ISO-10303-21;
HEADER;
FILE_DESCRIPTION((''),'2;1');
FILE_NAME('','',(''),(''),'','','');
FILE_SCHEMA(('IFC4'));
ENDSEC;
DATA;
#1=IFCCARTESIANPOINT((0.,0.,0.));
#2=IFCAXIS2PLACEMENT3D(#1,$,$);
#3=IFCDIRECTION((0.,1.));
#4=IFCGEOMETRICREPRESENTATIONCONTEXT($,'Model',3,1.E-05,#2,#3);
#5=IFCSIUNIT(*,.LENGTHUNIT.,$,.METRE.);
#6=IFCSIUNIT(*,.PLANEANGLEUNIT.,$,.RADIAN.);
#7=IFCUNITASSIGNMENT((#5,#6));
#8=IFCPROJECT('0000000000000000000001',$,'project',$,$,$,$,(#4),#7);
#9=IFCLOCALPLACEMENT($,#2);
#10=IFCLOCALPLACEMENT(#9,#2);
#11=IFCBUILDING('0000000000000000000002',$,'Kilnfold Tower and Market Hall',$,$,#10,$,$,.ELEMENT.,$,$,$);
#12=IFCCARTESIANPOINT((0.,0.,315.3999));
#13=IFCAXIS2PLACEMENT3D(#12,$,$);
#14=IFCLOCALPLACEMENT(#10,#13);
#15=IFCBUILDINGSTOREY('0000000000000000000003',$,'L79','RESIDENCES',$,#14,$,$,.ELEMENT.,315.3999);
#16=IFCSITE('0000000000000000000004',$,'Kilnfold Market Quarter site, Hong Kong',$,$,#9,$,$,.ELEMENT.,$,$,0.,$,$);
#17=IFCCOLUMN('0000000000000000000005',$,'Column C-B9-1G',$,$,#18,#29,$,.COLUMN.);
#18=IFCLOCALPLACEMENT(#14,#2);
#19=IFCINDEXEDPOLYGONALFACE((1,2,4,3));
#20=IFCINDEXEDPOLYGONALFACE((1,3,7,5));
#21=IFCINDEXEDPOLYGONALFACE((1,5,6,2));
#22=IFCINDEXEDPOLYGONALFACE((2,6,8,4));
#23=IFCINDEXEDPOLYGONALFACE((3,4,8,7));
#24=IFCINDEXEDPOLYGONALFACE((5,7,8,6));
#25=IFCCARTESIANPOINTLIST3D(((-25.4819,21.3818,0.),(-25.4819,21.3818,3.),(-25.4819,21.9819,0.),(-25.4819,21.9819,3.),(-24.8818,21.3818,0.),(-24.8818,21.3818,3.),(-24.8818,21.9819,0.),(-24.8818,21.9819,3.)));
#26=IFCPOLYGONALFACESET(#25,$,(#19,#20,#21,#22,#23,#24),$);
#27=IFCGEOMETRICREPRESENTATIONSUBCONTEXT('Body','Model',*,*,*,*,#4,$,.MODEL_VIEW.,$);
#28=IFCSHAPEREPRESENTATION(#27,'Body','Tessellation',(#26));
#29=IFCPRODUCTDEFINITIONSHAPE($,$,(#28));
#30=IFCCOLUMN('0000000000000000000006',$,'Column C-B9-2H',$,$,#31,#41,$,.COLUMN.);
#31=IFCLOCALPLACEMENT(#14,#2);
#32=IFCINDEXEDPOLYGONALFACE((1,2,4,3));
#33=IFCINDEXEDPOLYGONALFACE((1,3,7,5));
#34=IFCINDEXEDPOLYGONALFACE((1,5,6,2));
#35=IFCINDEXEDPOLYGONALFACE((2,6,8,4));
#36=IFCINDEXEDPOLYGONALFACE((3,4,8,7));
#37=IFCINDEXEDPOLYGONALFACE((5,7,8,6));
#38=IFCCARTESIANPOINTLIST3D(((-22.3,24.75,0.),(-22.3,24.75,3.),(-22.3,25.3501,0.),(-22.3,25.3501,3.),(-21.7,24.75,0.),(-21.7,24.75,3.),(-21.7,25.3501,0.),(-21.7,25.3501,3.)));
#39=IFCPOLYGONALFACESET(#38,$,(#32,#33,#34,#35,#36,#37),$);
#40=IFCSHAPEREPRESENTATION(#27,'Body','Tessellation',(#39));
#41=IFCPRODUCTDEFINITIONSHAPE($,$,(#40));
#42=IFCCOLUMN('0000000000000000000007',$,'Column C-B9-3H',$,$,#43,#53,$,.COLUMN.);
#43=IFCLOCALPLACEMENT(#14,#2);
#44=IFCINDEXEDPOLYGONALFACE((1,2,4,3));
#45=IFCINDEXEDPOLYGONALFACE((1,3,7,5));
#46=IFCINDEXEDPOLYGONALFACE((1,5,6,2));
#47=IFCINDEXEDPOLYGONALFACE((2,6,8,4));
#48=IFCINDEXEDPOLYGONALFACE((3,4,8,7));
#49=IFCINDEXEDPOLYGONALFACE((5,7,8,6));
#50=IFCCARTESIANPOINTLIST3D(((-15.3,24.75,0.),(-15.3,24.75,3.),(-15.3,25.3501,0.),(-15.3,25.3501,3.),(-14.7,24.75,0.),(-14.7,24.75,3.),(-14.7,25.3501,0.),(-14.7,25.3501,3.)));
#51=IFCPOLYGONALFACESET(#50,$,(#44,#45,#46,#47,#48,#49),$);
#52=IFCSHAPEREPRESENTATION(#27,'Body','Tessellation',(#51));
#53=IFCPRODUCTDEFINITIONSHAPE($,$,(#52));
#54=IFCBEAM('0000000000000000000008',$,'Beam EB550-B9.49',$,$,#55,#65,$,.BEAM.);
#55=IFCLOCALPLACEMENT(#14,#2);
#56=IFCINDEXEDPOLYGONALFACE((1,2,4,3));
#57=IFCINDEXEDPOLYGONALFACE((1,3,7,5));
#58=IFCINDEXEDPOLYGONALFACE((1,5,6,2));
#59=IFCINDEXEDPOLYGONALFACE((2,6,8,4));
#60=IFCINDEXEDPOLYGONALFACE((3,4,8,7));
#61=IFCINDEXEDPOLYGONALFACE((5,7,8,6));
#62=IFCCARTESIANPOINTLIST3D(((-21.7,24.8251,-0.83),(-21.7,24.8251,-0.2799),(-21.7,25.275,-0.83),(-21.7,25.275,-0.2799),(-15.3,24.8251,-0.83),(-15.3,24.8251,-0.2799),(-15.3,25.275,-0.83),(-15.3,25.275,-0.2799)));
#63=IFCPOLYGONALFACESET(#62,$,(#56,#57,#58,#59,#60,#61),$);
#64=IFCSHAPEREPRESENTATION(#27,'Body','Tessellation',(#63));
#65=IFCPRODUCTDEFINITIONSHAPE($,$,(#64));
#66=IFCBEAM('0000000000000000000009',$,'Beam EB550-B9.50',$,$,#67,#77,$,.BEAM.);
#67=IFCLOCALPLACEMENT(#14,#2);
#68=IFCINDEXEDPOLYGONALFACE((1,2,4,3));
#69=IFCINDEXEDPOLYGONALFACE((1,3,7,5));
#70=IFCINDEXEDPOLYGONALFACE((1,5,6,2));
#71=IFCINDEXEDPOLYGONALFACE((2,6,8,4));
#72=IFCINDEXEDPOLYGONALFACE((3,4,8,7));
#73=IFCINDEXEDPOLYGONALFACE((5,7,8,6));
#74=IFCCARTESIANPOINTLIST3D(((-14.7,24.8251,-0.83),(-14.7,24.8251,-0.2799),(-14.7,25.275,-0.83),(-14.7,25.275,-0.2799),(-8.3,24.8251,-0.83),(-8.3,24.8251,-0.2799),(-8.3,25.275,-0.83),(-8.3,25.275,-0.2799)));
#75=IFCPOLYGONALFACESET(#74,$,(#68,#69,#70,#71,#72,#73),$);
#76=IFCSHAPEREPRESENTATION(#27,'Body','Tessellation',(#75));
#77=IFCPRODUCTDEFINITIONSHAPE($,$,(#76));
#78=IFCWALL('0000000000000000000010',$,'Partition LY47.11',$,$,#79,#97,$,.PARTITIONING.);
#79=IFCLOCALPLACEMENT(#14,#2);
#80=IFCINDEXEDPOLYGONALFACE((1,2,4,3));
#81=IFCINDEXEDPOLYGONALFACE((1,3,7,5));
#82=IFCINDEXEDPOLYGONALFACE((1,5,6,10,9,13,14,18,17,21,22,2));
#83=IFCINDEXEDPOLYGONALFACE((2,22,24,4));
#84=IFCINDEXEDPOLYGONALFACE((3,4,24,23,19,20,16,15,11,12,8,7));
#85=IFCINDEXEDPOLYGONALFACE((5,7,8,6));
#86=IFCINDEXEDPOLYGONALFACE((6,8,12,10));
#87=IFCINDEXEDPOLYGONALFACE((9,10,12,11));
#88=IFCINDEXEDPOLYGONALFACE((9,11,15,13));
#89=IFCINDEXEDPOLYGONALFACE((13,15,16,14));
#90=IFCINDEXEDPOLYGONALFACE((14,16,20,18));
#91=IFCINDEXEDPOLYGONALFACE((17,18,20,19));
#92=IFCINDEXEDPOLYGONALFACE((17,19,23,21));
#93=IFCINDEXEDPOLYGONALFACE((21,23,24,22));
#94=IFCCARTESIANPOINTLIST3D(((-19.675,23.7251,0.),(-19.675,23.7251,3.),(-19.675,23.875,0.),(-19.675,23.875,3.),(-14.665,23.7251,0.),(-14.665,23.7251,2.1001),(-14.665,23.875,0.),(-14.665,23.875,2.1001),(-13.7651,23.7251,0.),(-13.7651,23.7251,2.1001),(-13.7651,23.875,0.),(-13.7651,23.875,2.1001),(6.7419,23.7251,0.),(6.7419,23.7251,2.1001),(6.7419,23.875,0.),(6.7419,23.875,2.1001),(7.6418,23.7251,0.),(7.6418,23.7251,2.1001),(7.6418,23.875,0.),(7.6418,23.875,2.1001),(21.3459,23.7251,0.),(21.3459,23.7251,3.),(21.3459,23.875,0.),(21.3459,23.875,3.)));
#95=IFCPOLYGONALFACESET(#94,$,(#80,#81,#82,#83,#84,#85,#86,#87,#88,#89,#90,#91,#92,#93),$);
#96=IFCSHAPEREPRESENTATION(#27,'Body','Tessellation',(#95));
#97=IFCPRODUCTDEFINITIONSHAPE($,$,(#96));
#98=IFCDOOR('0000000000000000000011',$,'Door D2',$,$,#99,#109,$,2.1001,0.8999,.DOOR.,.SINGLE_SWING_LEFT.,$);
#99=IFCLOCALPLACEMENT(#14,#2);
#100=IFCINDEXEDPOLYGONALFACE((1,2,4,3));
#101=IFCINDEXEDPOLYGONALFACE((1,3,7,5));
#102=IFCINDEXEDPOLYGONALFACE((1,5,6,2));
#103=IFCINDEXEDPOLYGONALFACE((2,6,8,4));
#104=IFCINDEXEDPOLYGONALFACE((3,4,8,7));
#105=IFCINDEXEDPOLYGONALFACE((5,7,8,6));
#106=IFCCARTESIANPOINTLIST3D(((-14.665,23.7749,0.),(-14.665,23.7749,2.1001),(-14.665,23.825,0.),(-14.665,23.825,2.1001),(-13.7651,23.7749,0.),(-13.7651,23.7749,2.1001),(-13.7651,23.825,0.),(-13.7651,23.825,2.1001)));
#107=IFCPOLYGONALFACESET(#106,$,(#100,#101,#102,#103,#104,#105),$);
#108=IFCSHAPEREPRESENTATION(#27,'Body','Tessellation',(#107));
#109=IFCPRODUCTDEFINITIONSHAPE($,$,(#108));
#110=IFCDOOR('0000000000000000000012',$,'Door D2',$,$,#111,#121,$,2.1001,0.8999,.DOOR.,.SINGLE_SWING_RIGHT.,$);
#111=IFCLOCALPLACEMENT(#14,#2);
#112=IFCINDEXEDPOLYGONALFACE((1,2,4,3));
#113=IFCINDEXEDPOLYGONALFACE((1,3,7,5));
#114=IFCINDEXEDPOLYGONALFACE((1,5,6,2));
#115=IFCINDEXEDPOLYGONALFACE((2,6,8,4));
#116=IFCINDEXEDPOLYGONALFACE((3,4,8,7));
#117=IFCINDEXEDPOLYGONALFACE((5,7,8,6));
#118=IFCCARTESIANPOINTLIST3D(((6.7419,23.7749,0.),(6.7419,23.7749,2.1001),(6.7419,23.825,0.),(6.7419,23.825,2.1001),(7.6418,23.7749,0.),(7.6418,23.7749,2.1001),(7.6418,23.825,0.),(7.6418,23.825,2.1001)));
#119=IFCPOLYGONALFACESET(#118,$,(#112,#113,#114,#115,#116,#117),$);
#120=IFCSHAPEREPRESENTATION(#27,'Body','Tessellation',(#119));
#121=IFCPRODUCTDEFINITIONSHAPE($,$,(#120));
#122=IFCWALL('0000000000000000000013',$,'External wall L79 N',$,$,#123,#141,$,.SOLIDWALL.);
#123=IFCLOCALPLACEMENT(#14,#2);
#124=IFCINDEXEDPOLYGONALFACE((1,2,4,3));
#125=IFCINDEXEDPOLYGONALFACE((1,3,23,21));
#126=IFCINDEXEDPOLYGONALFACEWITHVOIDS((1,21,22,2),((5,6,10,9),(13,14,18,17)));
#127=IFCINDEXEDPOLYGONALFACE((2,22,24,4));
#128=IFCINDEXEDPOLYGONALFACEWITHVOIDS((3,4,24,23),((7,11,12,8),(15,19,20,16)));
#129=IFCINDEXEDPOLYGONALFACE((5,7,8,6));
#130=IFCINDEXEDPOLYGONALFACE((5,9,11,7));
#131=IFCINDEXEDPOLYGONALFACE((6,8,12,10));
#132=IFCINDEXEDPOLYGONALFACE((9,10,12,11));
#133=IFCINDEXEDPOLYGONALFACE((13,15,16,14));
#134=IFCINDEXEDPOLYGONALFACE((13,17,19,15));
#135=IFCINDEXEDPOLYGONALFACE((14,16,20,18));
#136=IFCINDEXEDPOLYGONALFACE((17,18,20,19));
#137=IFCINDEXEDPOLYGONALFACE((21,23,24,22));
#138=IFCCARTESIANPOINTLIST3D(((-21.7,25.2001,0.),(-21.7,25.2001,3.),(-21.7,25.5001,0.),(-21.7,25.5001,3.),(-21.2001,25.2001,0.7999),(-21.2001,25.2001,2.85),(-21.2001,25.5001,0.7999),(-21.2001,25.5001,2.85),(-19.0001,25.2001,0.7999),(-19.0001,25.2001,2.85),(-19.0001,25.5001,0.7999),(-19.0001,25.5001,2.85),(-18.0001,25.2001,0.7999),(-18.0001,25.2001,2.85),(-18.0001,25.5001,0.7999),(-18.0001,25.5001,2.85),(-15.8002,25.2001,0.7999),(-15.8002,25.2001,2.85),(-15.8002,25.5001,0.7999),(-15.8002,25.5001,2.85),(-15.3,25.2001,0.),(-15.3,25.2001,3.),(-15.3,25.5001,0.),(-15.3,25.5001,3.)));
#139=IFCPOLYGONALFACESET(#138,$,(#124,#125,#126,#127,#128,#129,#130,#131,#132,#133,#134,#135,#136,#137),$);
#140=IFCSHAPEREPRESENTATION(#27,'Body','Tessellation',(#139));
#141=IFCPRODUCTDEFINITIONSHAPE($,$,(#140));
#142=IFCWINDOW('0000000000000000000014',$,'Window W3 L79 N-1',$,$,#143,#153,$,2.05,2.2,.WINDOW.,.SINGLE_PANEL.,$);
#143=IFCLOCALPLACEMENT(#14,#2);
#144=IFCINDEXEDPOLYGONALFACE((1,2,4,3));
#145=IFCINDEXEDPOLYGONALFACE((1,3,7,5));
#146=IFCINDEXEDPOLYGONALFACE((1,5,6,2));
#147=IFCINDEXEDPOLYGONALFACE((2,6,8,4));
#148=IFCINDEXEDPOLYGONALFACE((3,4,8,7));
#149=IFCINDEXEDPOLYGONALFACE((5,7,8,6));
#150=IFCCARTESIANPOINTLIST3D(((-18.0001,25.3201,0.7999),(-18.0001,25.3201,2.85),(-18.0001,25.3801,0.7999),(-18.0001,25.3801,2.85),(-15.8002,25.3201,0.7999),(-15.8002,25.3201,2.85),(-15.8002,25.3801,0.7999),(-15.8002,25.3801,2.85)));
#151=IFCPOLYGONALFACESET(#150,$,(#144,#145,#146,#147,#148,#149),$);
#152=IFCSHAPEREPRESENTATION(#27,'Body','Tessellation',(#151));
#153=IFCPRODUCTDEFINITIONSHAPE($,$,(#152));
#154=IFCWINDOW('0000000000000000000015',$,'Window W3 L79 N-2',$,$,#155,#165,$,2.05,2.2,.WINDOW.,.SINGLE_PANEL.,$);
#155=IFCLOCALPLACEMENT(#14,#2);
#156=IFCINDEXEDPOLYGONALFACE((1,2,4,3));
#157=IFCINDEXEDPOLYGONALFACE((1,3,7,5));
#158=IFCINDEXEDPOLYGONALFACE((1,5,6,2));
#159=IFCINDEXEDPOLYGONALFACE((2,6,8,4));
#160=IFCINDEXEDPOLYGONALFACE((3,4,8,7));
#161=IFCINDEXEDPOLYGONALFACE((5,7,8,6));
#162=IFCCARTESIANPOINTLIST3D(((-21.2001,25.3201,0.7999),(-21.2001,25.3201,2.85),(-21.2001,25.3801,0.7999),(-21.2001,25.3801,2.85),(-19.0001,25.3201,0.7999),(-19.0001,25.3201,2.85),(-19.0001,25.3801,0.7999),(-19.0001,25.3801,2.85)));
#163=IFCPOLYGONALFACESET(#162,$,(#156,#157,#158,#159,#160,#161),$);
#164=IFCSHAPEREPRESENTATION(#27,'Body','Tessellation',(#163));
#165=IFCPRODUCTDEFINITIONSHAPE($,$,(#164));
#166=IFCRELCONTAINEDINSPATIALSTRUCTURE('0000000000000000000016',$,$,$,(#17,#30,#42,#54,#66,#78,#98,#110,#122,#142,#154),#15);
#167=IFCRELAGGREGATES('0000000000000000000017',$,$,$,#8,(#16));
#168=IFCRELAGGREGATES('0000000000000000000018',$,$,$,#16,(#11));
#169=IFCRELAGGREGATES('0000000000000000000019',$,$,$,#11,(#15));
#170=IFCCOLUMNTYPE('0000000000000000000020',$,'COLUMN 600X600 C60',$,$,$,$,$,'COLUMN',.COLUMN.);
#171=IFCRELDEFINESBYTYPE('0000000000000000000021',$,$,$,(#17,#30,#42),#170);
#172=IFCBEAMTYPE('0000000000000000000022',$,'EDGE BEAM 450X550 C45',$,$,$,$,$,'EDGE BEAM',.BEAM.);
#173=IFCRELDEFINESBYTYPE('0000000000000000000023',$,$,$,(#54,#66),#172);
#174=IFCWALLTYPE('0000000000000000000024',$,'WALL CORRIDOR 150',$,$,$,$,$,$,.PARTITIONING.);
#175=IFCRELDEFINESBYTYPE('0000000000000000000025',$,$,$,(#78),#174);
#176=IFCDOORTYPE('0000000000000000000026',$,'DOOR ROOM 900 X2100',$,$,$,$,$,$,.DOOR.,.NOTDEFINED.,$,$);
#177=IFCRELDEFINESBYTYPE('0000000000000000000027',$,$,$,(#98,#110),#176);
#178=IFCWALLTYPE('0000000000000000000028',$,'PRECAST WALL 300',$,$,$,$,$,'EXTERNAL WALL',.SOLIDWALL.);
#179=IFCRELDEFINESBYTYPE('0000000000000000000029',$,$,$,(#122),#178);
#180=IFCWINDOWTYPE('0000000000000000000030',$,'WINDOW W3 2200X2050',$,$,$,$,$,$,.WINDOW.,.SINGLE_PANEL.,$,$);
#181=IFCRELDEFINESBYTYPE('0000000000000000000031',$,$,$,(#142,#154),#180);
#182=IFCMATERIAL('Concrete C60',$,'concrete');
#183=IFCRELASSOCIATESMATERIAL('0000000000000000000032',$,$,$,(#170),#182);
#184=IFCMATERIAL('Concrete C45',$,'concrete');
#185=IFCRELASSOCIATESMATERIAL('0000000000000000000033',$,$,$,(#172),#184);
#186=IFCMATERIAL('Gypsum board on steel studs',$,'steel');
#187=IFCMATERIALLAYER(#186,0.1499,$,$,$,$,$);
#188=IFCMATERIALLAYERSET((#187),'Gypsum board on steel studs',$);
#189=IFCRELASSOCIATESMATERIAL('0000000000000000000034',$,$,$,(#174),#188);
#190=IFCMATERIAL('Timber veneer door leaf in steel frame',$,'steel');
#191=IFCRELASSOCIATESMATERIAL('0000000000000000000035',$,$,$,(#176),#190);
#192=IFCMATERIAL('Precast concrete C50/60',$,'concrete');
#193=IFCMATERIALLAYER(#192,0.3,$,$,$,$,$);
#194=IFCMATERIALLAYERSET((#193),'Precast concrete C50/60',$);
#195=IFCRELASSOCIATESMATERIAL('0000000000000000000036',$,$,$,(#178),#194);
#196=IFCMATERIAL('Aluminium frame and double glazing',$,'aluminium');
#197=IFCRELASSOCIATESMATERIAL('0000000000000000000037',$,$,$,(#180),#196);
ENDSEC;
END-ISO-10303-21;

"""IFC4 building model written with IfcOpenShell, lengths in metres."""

from ifc_helpers import new_model, si_unit, direction, frame, frame_2d, origin, origin_2d, place, context, subcontext, project, spatial, rectangle, extrude, source, transform, mapped, material, layer, layer_set, material_profile, profile_set, type_object, element, fill, save


model = new_model("IFC4")

# Units and contexts
model_context = context("Model", 3, precision=1e-05, world=origin(), true_north=direction((0.0, 1.0)))
body_context = subcontext(model_context, "Body", "Model", "MODEL_VIEW")
ifc_project = project(units=[si_unit("LENGTHUNIT", "METRE"), si_unit("PLANEANGLEUNIT", "RADIAN")], contexts=[model_context])

# Site, building, storey
site_placement = place(None, origin())
site = spatial("IfcSite", under=ifc_project, at=site_placement, Name="Kilnfold Market Quarter site, Hong Kong", CompositionType="ELEMENT", RefElevation=0.0)
building_placement = place(site_placement, origin())
building = spatial("IfcBuilding", under=site, at=building_placement, Name="Kilnfold Tower and Market Hall", CompositionType="ELEMENT")
storey_placement = place(building_placement, frame((0.0, 0.0, 315.3999)))
storey = spatial("IfcBuildingStorey", under=building, at=storey_placement, Name="L79", Description="RESIDENCES", CompositionType="ELEMENT", Elevation=315.3999)

# Columns
ifc_material_1 = material(Name="Concrete C60", Category="concrete")
ifc_material_profile_1 = material_profile(ifc_material_1, rectangle(XDim=0.6001, YDim=0.6001, at=origin_2d()), Name="RC 600x600")
ifc_profile_set_1 = profile_set([ifc_material_profile_1], Name="Concrete C60")
column_type = type_object("IfcColumnType", Name="COLUMN 600X600 C60", ElementType="COLUMN", PredefinedType="COLUMN", material=ifc_profile_set_1)
shared_shape_1 = source(origin(), body_context, "Body", "SweptSolid", [
    extrude(rectangle(XDim=0.6001, YDim=0.6001, at=origin_2d()), origin(), (0.0, 0.0, 1.0), 3.0),
])
for number, where, z_axis, x_axis, name in (
    (1, (-25.1819, 21.6819, 0.0), (0.0, 0.0, 1.0), (1.0, 0.0, 0.0), "Column C-B9-1G"),
    (2, (-22.0, 25.05, 0.0), (0.0, 0.0, 1.0), (1.0, 0.0, 0.0), "Column C-B9-2H"),
    (3, (-15.0, 25.05, 0.0), (0.0, 0.0, 1.0), (1.0, 0.0, 0.0), "Column C-B9-3H"),
):
    element("IfcColumn", number, at=place(storey_placement, frame(where, z_axis=z_axis, x_axis=x_axis)), inside=storey, type_object=column_type, Name=name, PredefinedType="COLUMN", context=body_context, shape_type="MappedRepresentation", body=[
        mapped(shared_shape_1, transform((0.0, 0.0, 0.0))),
    ])

# Beams
ifc_material_2 = material(Name="Concrete C45", Category="concrete")
ifc_material_profile_2 = material_profile(ifc_material_2, rectangle(XDim=0.45, YDim=0.55, at=origin_2d()), Name="RC 450x550")
ifc_profile_set_2 = profile_set([ifc_material_profile_2], Name="Concrete C45")
beam_type = type_object("IfcBeamType", Name="EDGE BEAM 450X550 C45", ElementType="EDGE BEAM", PredefinedType="BEAM", material=ifc_profile_set_2)
shared_shape_2 = source(origin(), body_context, "Body", "SweptSolid", [
    extrude(rectangle(XDim=0.45, YDim=0.55, at=origin_2d()), origin(), (0.0, 0.0, 1.0), 6.3999),
])
for number, where, z_axis, x_axis, name in (
    (4, (-21.7, 25.05, -0.5549), (1.0, 0.0, 0.0), (0.0, 1.0, 0.0), "Beam EB550-B9.49"),
    (5, (-14.7, 25.05, -0.5549), (1.0, 0.0, 0.0), (0.0, 1.0, 0.0), "Beam EB550-B9.50"),
):
    element("IfcBeam", number, at=place(storey_placement, frame(where, z_axis=z_axis, x_axis=x_axis)), inside=storey, type_object=beam_type, Name=name, PredefinedType="BEAM", context=body_context, shape_type="MappedRepresentation", body=[
        mapped(shared_shape_2, transform((0.0, 0.0, 0.0))),
    ])

# Wall, openings, doors
ifc_material_3 = material(Name="Gypsum board on steel studs", Category="steel")
ifc_layer_1 = layer(ifc_material_3, 0.1499)
ifc_layer_set_1 = layer_set([ifc_layer_1], Name="Gypsum board on steel studs")
wall_type_1 = type_object("IfcWallType", Name="WALL CORRIDOR 150", PredefinedType="PARTITIONING", material=ifc_layer_set_1)
wall_1_placement = place(storey_placement, frame((-19.675, 23.8, 0.0), z_axis=(0.0, 0.0, 1.0), x_axis=(1.0, 0.0, 0.0)))
wall_1 = element("IfcWall", 6, at=wall_1_placement, inside=storey, type_object=wall_type_1, Name="Partition LY47.11", PredefinedType="PARTITIONING", context=body_context, shape_type="SweptSolid", body=[
    extrude(rectangle(XDim=41.021, YDim=0.1499, at=frame_2d((20.5105, 0.0))), origin(), (0.0, 0.0, 1.0), 3.0),
])
opening_1_placement = place(wall_1_placement, frame((5.01, 0.0, 0.0)))
opening_1 = element("IfcOpeningElement", 7, at=opening_1_placement, cuts=wall_1, PredefinedType="OPENING", context=body_context, shape_type="SweptSolid", body=[
    extrude(rectangle(XDim=0.8999, YDim=2.1001, at=frame_2d((0.45, 1.05))), frame((0.0, 0.085, 0.0), z_axis=(0.0, -1.0, 0.0), x_axis=(1.0, 0.0, 0.0)), (0.0, 0.0, 1.0), 0.1699),
])
opening_2_placement = place(wall_1_placement, frame((26.417, 0.0, 0.0)))
opening_2 = element("IfcOpeningElement", 8, at=opening_2_placement, cuts=wall_1, PredefinedType="OPENING", context=body_context, shape_type="SweptSolid", body=[
    extrude(rectangle(XDim=0.8999, YDim=2.1001, at=frame_2d((0.45, 1.05))), frame((0.0, 0.085, 0.0), z_axis=(0.0, -1.0, 0.0), x_axis=(1.0, 0.0, 0.0)), (0.0, 0.0, 1.0), 0.1699),
])
ifc_material_4 = material(Name="Timber veneer door leaf in steel frame", Category="steel")
door_type = type_object("IfcDoorType", Name="DOOR ROOM 900 X2100", OperationType="NOTDEFINED", PredefinedType="DOOR", material=ifc_material_4)
door_1_placement = place(opening_1_placement, origin())
door_1 = element("IfcDoor", 9, at=door_1_placement, inside=storey, type_object=door_type, Name="Door D2", OperationType="SINGLE_SWING_LEFT", OverallHeight=2.1001, OverallWidth=0.8999, PredefinedType="DOOR", context=body_context, shape_type="SweptSolid", body=[
    extrude(rectangle(XDim=0.8999, YDim=2.1001, at=frame_2d((0.45, 1.05))), frame((0.0, 0.0249, 0.0), z_axis=(0.0, -1.0, 0.0), x_axis=(1.0, 0.0, 0.0)), (0.0, 0.0, 1.0), 0.05),
])
fill(opening_1, door_1)
door_2_placement = place(opening_2_placement, origin())
door_2 = element("IfcDoor", 10, at=door_2_placement, inside=storey, type_object=door_type, Name="Door D2", OperationType="SINGLE_SWING_RIGHT", OverallHeight=2.1001, OverallWidth=0.8999, PredefinedType="DOOR", context=body_context, shape_type="SweptSolid", body=[
    extrude(rectangle(XDim=0.8999, YDim=2.1001, at=frame_2d((0.45, 1.05))), frame((0.0, 0.0249, 0.0), z_axis=(0.0, -1.0, 0.0), x_axis=(1.0, 0.0, 0.0)), (0.0, 0.0, 1.0), 0.05),
])
fill(opening_2, door_2)

# Wall, openings, windows
ifc_material_5 = material(Name="Precast concrete C50/60", Category="concrete")
ifc_layer_2 = layer(ifc_material_5, 0.3)
ifc_layer_set_2 = layer_set([ifc_layer_2], Name="Precast concrete C50/60")
wall_type_2 = type_object("IfcWallType", Name="PRECAST WALL 300", ElementType="EXTERNAL WALL", PredefinedType="SOLIDWALL", material=ifc_layer_set_2)
shared_shape_3 = source(origin(), body_context, "Body", "SweptSolid", [
    extrude(rectangle(XDim=6.3999, YDim=0.3, at=frame_2d((3.2, 0.0))), origin(), (0.0, 0.0, 1.0), 3.0),
])
wall_2_placement = place(storey_placement, frame((-15.3, 25.3501, 0.0), z_axis=(0.0, 0.0, 1.0), x_axis=(-1.0, 0.0, 0.0)))
wall_2 = element("IfcWall", 11, at=wall_2_placement, inside=storey, type_object=wall_type_2, Name="External wall L79 N", PredefinedType="SOLIDWALL", context=body_context, shape_type="MappedRepresentation", body=[
    mapped(shared_shape_3, transform((0.0, 0.0, 0.0))),
])
opening_3_placement = place(wall_2_placement, frame((0.5, 0.0, 0.8)))
opening_3 = element("IfcOpeningElement", 12, at=opening_3_placement, cuts=wall_2, PredefinedType="OPENING", context=body_context, shape_type="SweptSolid", body=[
    extrude(rectangle(XDim=2.2, YDim=2.05, at=frame_2d((1.1001, 1.0249))), frame((0.0, 0.1602, 0.0), z_axis=(0.0, -1.0, 0.0), x_axis=(1.0, 0.0, 0.0)), (0.0, 0.0, 1.0), 0.3201),
])
opening_4_placement = place(wall_2_placement, frame((3.7, 0.0, 0.8)))
opening_4 = element("IfcOpeningElement", 13, at=opening_4_placement, cuts=wall_2, PredefinedType="OPENING", context=body_context, shape_type="SweptSolid", body=[
    extrude(rectangle(XDim=2.2, YDim=2.05, at=frame_2d((1.1001, 1.0249))), frame((0.0, 0.1602, 0.0), z_axis=(0.0, -1.0, 0.0), x_axis=(1.0, 0.0, 0.0)), (0.0, 0.0, 1.0), 0.3201),
])
ifc_material_6 = material(Name="Aluminium frame and double glazing", Category="aluminium")
window_type = type_object("IfcWindowType", Name="WINDOW W3 2200X2050", PartitioningType="SINGLE_PANEL", PredefinedType="WINDOW", material=ifc_material_6)
window_1_placement = place(opening_3_placement, origin())
window_1 = element("IfcWindow", 14, at=window_1_placement, inside=storey, type_object=window_type, Name="Window W3 L79 N-1", OverallHeight=2.05, OverallWidth=2.2, PartitioningType="SINGLE_PANEL", PredefinedType="WINDOW", context=body_context, shape_type="SweptSolid", body=[
    extrude(rectangle(XDim=2.2, YDim=2.05, at=frame_2d((1.1001, 1.0249))), frame((0.0, 0.03, 0.0), z_axis=(0.0, -1.0, 0.0), x_axis=(1.0, 0.0, 0.0)), (0.0, 0.0, 1.0), 0.0601),
])
fill(opening_3, window_1)
window_2_placement = place(opening_4_placement, origin())
window_2 = element("IfcWindow", 15, at=window_2_placement, inside=storey, type_object=window_type, Name="Window W3 L79 N-2", OverallHeight=2.05, OverallWidth=2.2, PartitioningType="SINGLE_PANEL", PredefinedType="WINDOW", context=body_context, shape_type="SweptSolid", body=[
    extrude(rectangle(XDim=2.2, YDim=2.05, at=frame_2d((1.1001, 1.0249))), frame((0.0, 0.03, 0.0), z_axis=(0.0, -1.0, 0.0), x_axis=(1.0, 0.0, 0.0)), (0.0, 0.0, 1.0), 0.0601),
])
fill(opening_4, window_2)

save(model, "model.ifc")
